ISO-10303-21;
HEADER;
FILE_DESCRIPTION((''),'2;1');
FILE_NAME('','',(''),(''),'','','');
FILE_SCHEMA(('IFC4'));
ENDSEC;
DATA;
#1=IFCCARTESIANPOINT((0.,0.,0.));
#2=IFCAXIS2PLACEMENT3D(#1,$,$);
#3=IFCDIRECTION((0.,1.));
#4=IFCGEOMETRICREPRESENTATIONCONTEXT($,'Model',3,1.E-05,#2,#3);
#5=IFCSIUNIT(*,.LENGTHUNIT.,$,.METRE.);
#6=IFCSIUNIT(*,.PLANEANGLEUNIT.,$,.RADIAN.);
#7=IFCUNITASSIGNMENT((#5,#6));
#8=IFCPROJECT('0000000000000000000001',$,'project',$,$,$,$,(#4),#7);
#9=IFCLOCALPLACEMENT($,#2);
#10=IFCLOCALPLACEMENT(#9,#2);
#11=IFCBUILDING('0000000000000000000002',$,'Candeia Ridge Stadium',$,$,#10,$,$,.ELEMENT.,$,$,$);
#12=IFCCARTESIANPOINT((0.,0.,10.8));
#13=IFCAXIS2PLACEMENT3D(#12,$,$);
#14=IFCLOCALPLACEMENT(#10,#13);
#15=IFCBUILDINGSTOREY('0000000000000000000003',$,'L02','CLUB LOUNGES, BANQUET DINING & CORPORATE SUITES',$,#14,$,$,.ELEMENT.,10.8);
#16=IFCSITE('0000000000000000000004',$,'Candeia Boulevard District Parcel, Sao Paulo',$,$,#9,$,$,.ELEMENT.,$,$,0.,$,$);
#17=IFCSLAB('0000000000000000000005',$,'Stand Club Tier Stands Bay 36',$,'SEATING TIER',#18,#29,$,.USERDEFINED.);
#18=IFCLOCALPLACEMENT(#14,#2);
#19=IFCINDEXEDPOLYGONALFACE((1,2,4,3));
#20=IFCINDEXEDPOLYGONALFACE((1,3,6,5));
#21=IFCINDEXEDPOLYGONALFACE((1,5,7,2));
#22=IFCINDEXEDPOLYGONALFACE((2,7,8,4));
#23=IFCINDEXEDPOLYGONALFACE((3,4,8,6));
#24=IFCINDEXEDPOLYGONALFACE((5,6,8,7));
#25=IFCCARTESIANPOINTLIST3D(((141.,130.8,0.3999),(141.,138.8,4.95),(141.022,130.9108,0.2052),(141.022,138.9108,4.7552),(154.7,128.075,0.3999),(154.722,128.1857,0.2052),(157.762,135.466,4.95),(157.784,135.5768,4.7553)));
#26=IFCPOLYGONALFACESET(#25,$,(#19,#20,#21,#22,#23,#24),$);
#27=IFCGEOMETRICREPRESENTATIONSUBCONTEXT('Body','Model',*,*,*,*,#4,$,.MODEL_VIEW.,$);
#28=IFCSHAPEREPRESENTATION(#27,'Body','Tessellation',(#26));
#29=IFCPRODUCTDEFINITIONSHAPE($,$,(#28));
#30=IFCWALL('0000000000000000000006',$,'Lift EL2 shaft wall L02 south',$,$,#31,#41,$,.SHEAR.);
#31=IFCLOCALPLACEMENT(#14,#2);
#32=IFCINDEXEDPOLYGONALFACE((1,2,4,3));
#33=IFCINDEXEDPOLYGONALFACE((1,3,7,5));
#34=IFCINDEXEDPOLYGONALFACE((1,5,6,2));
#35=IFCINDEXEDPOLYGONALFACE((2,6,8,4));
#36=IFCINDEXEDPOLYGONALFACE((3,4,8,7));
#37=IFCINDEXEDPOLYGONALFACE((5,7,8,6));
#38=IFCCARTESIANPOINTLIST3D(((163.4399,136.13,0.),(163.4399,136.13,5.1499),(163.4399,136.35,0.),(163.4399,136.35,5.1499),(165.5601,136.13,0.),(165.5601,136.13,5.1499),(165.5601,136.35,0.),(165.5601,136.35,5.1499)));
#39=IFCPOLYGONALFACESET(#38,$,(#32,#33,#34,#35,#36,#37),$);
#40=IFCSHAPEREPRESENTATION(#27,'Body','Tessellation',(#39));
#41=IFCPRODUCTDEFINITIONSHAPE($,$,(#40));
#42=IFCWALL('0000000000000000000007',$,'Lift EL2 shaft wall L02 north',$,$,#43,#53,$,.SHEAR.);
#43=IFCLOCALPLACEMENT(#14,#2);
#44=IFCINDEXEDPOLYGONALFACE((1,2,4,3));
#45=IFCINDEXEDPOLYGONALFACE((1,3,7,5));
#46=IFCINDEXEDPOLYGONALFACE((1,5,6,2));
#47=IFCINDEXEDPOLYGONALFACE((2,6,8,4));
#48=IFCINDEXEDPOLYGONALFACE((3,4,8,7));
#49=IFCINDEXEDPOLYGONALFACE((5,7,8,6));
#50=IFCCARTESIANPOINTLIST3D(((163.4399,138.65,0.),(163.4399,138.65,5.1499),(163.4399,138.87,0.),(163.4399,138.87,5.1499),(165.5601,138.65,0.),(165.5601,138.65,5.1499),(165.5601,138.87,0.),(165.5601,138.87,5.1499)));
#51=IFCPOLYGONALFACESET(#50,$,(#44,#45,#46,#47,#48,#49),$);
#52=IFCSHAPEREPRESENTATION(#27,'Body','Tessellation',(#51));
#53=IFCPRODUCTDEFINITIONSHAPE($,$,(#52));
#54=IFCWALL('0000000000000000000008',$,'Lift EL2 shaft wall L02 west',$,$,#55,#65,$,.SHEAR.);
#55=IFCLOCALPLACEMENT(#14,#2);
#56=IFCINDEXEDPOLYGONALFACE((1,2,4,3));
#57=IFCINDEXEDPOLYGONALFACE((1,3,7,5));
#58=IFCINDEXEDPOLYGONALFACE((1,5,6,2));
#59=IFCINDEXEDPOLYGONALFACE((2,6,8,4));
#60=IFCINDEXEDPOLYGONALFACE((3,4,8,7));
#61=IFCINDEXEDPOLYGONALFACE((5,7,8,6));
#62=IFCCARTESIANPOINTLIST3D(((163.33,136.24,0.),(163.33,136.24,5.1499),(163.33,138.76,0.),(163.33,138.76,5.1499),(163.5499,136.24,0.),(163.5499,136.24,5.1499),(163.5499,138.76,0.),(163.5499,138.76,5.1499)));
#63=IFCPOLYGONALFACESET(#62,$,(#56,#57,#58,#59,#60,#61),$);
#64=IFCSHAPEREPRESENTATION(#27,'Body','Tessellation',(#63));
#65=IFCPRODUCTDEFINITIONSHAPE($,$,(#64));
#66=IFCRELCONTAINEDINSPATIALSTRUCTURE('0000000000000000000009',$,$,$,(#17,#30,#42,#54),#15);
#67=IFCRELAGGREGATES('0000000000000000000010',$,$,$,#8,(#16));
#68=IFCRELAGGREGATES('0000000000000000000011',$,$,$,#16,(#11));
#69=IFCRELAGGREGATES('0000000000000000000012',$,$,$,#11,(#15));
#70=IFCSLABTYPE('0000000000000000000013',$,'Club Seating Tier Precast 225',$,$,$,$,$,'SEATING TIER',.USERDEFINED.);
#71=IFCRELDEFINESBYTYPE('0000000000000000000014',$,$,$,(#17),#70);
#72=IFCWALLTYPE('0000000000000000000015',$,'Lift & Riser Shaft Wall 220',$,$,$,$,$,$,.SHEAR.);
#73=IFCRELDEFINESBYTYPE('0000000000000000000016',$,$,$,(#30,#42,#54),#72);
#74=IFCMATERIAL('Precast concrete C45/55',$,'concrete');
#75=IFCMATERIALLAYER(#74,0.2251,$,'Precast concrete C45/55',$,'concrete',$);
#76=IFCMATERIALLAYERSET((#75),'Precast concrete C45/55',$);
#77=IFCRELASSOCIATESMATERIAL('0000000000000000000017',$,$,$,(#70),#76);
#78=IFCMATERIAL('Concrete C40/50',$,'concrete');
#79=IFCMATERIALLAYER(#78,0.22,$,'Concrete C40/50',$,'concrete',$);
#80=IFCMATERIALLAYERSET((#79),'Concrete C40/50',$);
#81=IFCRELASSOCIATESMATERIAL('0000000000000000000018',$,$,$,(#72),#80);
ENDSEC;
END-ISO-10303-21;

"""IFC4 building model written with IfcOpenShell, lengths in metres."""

from ifc_helpers import new_model, si_unit, direction, frame, frame_2d, origin, place, context, subcontext, project, spatial, polyline, rectangle, outline, extrude, material, layer, layer_set, type_object, element, save


model = new_model("IFC4")

# Units and contexts
model_context = context("Model", 3, precision=1e-05, world=origin(), true_north=direction((0.0, 1.0)))
body_context = subcontext(model_context, "Body", "Model", "MODEL_VIEW")
ifc_project = project(units=[si_unit("LENGTHUNIT", "METRE"), si_unit("PLANEANGLEUNIT", "RADIAN")], contexts=[model_context])

# Site, building, storey
site_placement = place(None, origin())
site = spatial("IfcSite", under=ifc_project, at=site_placement, Name="Candeia Boulevard District Parcel, Sao Paulo", CompositionType="ELEMENT", RefElevation=0.0)
building_placement = place(site_placement, origin())
building = spatial("IfcBuilding", under=site, at=building_placement, Name="Candeia Ridge Stadium", CompositionType="ELEMENT")
storey_placement = place(building_placement, frame((0.0, 0.0, 10.8)))
storey = spatial("IfcBuildingStorey", under=building, at=storey_placement, Name="L02", Description="CLUB LOUNGES, BANQUET DINING & CORPORATE SUITES", CompositionType="ELEMENT", Elevation=10.8)

# Shared definitions
ifc_material_1 = material(Name="Concrete C40/50", Category="concrete")

# Slab
ifc_material_2 = material(Name="Precast concrete C45/55", Category="concrete")
ifc_layer_1 = layer(ifc_material_2, 0.2251, Name="Precast concrete C45/55", Category="concrete")
ifc_layer_set_1 = layer_set([ifc_layer_1], Name="Precast concrete C45/55")
slab_type = type_object("IfcSlabType", Name="Club Seating Tier Precast 225", ElementType="SEATING TIER", PredefinedType="USERDEFINED", material=ifc_layer_set_1)
slab_placement = place(storey_placement, frame((154.7, 128.075, 0.3999), z_axis=(-0.097864, -0.49201, 0.865072), x_axis=(-0.980785, 0.195089, 0.000003)))
element("IfcSlab", 1, at=slab_placement, inside=storey, type_object=slab_type, Name="Stand Club Tier Stands Bay 36", ObjectType="SEATING TIER", PredefinedType="USERDEFINED", context=body_context, shape_type="SweptSolid", body=[
    extrude(outline(polyline([(0.0, 0.0), (13.9684, 0.0), (15.5291, -9.0701), (-1.5612, -9.0703), (0.0, 0.0)])), origin(), (0.0, 0.0, -1.0), 0.2251),
])

# Wall
ifc_layer_2 = layer(ifc_material_1, 0.22, Name="Concrete C40/50", Category="concrete")
ifc_layer_set_2 = layer_set([ifc_layer_2], Name="Concrete C40/50")
wall_type = type_object("IfcWallType", Name="Lift & Riser Shaft Wall 220", PredefinedType="SHEAR", material=ifc_layer_set_2)
wall_1_placement = place(storey_placement, frame((163.4399, 136.24, 0.0), z_axis=(0.0, 0.0, 1.0), x_axis=(1.0, 0.0, 0.0)))
element("IfcWall", 2, at=wall_1_placement, inside=storey, type_object=wall_type, Name="Lift EL2 shaft wall L02 south", PredefinedType="SHEAR", context=body_context, shape_type="SweptSolid", body=[
    extrude(rectangle(XDim=2.1201, YDim=0.22, at=frame_2d((1.0601, 0.0))), origin(), (0.0, 0.0, 1.0), 5.1499),
])

# Walls
wall_2_placement = place(storey_placement, frame((165.5601, 138.76, 0.0), z_axis=(0.0, 0.0, 1.0), x_axis=(-1.0, 0.0, 0.0)))
element("IfcWall", 3, at=wall_2_placement, inside=storey, type_object=wall_type, Name="Lift EL2 shaft wall L02 north", PredefinedType="SHEAR", context=body_context, shape_type="SweptSolid", body=[
    extrude(rectangle(XDim=2.1201, YDim=0.22, at=frame_2d((1.0601, 0.0))), origin(), (0.0, 0.0, 1.0), 5.1499),
])
wall_3_placement = place(storey_placement, frame((163.4399, 138.76, 0.0), z_axis=(0.0, 0.0, 1.0), x_axis=(0.0, -1.0, 0.0)))
element("IfcWall", 4, at=wall_3_placement, inside=storey, type_object=wall_type, Name="Lift EL2 shaft wall L02 west", PredefinedType="SHEAR", context=body_context, shape_type="SweptSolid", body=[
    extrude(rectangle(XDim=2.52, YDim=0.22, at=frame_2d((1.26, 0.0))), origin(), (0.0, 0.0, 1.0), 5.1499),
])

save(model, "model.ifc")
